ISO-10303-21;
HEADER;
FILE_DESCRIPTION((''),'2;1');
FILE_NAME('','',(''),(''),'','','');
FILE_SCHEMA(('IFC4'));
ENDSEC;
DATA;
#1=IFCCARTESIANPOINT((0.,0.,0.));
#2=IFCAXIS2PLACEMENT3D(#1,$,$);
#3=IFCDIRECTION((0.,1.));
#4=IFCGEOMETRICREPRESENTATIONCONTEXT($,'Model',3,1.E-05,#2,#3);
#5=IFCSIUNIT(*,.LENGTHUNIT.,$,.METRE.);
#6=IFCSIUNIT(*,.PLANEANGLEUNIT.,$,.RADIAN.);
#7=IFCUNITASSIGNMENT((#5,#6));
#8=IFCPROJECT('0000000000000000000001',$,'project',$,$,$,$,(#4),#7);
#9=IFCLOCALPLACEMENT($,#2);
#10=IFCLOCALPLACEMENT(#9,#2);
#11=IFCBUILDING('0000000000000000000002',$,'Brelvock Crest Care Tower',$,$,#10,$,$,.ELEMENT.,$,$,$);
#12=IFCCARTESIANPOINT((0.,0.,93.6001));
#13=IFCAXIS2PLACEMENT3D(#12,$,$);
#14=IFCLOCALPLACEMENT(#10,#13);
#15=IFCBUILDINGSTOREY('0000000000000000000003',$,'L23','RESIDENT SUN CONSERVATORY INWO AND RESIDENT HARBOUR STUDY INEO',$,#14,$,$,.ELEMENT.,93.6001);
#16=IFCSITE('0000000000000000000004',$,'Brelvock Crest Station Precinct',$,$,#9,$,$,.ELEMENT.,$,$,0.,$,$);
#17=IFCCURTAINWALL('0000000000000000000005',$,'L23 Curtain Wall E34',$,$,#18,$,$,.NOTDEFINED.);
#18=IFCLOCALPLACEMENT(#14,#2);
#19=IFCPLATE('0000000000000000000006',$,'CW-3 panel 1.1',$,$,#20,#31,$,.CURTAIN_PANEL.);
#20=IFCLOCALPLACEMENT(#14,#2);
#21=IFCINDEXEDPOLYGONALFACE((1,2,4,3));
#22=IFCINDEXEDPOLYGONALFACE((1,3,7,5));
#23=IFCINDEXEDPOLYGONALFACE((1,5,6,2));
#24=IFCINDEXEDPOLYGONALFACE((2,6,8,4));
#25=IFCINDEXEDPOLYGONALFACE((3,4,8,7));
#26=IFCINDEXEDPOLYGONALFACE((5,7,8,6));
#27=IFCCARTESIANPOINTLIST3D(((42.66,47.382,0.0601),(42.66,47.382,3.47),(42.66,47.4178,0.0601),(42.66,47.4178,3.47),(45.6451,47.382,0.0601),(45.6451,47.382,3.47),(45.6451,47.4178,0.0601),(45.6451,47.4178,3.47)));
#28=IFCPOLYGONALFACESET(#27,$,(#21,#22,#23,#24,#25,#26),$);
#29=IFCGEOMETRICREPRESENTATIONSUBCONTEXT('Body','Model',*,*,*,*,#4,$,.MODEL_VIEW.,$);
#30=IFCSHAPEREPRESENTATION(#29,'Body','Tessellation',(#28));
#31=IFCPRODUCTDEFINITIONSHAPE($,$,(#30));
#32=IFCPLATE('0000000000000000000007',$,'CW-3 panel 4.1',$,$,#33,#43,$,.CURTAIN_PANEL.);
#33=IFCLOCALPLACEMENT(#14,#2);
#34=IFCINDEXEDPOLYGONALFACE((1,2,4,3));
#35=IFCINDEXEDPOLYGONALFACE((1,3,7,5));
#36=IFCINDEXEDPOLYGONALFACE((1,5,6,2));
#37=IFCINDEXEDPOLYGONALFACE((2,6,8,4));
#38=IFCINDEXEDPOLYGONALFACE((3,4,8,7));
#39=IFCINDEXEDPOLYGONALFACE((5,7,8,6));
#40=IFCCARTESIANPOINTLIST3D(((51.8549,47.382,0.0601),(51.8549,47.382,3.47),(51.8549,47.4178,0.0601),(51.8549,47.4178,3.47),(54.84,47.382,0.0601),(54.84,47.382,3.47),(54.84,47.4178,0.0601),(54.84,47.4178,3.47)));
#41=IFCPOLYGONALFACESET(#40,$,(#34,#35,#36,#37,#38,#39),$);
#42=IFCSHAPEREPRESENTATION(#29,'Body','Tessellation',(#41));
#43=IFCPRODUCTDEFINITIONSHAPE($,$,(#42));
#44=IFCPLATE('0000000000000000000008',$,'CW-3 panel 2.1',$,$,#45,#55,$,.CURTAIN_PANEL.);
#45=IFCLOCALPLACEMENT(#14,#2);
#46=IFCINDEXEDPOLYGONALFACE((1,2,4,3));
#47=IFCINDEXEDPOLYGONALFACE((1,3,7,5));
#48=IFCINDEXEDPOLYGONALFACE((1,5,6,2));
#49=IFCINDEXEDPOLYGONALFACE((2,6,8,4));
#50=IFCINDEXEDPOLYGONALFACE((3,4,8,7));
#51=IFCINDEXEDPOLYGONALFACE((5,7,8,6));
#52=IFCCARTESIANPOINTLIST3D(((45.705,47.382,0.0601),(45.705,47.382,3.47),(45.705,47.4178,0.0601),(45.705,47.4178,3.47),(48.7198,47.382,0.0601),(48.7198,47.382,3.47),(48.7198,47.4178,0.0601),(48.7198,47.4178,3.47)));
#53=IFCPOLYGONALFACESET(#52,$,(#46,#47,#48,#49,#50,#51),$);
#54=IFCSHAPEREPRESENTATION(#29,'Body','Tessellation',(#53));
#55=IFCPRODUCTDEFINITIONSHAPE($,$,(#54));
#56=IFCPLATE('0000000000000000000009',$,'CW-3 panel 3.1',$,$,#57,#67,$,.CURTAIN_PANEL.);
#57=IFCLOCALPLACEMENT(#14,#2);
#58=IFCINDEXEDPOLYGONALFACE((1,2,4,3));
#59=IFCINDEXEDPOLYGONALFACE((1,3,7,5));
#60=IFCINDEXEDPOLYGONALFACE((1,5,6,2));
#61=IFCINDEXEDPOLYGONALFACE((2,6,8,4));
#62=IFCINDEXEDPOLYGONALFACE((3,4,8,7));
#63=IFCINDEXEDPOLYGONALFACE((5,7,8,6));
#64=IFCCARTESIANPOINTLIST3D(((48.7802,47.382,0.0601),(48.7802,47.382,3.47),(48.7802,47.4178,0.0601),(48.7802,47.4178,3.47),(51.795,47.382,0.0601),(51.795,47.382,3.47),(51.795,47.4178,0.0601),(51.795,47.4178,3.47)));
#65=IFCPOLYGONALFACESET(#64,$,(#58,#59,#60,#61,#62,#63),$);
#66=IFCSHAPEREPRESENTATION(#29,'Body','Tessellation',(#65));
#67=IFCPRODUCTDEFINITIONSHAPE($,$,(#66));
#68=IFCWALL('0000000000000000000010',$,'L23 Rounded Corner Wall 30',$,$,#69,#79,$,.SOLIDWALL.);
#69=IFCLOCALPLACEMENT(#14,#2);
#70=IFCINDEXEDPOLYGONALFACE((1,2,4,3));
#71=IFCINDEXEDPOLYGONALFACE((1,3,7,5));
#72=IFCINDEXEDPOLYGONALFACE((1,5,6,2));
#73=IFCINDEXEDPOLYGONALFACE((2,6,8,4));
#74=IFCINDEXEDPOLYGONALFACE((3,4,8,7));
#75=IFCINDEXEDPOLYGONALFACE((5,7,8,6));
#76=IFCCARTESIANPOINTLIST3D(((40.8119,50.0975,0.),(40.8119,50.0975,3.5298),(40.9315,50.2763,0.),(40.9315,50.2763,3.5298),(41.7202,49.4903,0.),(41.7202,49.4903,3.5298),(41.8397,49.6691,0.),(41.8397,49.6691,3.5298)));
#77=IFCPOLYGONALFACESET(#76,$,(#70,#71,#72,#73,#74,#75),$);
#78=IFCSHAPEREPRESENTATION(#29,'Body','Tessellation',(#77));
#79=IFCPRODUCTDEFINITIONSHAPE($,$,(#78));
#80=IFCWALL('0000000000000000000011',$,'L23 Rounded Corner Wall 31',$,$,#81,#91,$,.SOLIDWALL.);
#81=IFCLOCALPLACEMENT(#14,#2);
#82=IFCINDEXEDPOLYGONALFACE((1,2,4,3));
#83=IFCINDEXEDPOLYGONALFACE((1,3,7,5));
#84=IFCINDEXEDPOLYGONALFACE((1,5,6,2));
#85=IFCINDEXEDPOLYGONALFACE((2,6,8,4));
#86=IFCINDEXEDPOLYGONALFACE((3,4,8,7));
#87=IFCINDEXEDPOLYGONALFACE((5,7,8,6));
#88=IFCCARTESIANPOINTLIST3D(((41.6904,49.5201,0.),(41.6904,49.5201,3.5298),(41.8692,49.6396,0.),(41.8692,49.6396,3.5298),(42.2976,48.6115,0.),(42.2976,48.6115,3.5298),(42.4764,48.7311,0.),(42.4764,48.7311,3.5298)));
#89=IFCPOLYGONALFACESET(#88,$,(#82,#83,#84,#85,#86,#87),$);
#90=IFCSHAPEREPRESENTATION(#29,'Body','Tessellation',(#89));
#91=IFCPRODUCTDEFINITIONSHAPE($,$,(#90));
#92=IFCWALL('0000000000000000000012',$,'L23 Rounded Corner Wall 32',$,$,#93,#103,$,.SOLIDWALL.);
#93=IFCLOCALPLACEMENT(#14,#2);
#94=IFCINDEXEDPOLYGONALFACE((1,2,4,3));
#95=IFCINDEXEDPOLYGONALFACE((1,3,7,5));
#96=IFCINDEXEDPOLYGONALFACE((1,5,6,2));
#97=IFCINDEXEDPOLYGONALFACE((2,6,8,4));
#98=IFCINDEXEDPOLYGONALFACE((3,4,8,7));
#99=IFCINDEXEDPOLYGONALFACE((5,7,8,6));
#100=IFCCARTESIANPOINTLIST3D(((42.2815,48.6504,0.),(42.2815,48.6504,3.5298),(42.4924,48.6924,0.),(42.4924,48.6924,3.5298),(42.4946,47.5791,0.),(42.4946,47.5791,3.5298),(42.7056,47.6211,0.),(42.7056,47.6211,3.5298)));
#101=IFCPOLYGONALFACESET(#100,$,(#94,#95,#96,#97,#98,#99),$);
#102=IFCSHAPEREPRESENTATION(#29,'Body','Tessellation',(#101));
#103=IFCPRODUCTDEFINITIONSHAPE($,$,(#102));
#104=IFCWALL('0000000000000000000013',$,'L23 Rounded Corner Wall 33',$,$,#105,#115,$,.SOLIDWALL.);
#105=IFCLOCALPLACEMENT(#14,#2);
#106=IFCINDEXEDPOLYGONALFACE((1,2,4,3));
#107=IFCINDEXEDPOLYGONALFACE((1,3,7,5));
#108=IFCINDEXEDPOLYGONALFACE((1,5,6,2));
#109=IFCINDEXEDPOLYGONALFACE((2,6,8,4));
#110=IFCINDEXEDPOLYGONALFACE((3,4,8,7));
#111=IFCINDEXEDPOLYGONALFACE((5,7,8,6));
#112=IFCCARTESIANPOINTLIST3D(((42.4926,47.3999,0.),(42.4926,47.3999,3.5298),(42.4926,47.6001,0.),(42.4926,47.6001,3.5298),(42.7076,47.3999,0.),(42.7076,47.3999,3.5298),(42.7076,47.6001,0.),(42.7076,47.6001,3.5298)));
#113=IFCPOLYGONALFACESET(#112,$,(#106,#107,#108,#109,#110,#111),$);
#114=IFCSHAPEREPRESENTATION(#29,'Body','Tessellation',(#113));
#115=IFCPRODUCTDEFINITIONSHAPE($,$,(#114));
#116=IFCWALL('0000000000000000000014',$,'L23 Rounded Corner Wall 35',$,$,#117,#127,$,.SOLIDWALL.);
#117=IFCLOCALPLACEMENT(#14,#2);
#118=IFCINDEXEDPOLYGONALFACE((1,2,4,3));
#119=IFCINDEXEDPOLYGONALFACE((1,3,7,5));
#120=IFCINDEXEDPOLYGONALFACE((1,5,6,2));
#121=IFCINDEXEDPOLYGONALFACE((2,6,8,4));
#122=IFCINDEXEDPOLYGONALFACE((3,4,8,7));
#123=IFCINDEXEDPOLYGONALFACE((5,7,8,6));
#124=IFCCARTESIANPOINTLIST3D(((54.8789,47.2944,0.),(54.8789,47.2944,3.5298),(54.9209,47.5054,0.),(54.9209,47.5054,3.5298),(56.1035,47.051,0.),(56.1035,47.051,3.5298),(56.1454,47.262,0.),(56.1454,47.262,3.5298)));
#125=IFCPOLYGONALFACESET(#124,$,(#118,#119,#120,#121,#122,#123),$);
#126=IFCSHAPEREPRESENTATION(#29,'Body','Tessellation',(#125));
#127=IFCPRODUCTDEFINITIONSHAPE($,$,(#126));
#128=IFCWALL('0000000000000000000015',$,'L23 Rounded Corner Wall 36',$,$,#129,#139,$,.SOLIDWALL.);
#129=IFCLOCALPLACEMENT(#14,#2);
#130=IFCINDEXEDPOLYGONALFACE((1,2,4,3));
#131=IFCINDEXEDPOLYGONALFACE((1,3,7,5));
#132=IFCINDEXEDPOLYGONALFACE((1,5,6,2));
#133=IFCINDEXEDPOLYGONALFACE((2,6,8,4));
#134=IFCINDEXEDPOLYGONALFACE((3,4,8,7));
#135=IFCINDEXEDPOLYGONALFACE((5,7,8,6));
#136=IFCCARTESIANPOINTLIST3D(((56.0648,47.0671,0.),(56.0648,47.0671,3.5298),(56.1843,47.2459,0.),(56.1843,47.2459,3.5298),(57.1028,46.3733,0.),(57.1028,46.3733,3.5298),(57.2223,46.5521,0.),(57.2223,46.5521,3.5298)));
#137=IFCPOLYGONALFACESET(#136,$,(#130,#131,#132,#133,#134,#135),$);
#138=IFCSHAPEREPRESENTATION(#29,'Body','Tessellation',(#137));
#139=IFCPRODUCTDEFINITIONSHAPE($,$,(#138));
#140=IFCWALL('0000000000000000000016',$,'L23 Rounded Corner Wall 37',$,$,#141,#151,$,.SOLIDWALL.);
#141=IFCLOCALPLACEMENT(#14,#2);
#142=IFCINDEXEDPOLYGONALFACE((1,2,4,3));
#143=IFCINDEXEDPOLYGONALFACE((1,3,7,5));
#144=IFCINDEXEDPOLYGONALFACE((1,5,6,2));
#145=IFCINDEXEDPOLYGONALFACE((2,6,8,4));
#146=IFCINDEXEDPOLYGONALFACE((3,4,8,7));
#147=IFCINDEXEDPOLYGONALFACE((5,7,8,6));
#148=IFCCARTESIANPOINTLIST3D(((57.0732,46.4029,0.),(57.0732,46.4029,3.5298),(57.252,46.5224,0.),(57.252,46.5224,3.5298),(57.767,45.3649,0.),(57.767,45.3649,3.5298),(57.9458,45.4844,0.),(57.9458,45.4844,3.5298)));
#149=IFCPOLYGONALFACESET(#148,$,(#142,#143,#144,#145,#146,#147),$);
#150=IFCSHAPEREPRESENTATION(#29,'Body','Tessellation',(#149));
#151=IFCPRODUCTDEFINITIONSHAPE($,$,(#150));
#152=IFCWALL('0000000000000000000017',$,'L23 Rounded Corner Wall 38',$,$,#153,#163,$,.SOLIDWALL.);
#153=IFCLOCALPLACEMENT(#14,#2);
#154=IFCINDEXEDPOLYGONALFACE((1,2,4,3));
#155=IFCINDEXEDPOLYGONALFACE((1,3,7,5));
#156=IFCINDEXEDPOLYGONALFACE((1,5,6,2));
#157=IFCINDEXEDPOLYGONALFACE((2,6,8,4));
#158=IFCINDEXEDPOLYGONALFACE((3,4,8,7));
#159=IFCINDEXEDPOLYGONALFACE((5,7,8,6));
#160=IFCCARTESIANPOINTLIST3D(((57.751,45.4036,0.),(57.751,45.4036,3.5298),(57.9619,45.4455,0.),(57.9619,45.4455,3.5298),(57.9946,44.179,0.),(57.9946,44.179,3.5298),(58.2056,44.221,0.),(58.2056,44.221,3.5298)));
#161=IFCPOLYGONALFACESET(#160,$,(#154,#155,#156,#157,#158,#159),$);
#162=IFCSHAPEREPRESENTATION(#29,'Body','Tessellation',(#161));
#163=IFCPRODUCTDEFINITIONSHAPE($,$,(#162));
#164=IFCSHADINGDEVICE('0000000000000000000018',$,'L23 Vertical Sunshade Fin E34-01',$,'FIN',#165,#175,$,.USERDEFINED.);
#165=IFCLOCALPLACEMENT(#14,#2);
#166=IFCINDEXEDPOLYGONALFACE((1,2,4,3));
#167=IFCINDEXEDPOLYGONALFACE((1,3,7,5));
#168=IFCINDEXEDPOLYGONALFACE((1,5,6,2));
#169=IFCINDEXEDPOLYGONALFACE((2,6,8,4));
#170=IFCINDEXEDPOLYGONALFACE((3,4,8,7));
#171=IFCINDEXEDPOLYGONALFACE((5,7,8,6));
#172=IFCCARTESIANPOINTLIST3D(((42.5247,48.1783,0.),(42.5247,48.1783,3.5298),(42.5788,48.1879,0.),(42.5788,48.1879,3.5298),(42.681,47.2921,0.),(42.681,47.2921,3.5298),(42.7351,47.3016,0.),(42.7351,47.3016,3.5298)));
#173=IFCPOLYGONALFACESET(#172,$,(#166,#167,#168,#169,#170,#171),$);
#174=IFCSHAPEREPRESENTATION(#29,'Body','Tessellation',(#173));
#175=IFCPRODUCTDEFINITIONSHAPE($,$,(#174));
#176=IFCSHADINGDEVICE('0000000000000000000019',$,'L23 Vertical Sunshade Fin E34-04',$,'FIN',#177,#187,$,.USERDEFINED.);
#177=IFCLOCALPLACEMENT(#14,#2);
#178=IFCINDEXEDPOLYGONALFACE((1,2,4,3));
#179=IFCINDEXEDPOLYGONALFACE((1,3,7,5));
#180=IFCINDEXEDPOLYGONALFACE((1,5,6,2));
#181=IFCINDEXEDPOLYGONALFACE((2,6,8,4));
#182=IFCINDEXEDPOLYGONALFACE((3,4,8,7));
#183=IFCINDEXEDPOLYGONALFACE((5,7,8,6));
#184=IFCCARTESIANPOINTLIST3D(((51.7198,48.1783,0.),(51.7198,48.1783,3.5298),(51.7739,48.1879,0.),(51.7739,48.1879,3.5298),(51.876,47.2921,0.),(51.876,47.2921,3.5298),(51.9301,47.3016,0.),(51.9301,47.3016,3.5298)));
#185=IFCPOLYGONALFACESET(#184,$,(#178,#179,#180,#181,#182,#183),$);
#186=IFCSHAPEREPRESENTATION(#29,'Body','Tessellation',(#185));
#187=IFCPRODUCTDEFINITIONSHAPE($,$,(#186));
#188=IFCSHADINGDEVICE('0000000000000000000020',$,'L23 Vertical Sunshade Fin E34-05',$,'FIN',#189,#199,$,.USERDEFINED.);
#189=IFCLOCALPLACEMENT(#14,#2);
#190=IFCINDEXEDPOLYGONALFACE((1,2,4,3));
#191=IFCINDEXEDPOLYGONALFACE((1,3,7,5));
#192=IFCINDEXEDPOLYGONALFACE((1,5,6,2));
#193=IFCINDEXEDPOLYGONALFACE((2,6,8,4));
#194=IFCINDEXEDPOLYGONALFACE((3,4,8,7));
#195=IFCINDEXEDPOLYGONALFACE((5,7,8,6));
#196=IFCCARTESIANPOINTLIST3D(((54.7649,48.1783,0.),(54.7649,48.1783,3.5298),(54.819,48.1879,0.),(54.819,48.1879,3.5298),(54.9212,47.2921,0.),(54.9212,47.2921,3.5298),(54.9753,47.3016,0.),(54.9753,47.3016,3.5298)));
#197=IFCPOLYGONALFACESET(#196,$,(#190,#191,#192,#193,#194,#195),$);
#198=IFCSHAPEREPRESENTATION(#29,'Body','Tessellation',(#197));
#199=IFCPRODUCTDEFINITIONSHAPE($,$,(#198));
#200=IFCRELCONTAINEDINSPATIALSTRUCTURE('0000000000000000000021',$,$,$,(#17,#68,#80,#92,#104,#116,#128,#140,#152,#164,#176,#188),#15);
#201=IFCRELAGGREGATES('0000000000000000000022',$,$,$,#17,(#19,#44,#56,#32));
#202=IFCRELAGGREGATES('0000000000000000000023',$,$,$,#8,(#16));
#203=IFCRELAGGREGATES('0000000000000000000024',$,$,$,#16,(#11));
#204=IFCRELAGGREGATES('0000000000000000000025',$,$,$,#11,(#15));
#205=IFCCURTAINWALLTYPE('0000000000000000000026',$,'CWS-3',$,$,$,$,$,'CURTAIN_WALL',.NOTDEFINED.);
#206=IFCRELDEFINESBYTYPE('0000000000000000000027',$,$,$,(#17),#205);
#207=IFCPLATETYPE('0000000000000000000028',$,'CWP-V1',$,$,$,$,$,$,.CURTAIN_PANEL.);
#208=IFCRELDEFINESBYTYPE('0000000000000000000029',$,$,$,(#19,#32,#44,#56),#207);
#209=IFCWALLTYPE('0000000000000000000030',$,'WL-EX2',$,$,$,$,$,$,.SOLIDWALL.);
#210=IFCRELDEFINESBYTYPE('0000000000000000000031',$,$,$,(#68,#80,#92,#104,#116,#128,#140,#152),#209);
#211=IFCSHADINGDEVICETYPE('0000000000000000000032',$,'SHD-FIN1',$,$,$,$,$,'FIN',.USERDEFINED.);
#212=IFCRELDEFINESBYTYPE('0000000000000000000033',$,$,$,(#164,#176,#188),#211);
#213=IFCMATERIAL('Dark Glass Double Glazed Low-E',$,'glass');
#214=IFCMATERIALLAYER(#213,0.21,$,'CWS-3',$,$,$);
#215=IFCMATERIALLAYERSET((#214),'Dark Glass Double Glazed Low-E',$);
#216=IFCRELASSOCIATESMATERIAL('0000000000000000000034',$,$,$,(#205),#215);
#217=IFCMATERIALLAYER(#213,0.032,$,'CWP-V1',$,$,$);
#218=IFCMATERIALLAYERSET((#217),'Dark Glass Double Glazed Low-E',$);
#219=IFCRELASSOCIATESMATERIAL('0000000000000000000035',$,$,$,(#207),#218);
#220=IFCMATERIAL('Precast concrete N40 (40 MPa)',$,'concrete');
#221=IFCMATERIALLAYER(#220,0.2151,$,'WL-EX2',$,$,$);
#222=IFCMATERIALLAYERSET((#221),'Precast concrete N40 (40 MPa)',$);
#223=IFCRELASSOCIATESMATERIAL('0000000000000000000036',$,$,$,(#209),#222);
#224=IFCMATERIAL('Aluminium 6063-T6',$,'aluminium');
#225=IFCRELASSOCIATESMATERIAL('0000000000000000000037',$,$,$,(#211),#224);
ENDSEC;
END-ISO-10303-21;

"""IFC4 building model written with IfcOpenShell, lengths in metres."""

from ifc_helpers import new_model, si_unit, direction, frame, frame_2d, origin, origin_2d, place, context, subcontext, project, spatial, rectangle, extrude, source, transform, mapped, material, layer, layer_set, material_profile, profile_set, type_object, element, aggregate, save


model = new_model("IFC4")

# Units and contexts
model_context = context("Model", 3, precision=1e-05, world=origin(), true_north=direction((0.0, 1.0)))
body_context = subcontext(model_context, "Body", "Model", "MODEL_VIEW")
ifc_project = project(units=[si_unit("LENGTHUNIT", "METRE"), si_unit("PLANEANGLEUNIT", "RADIAN")], contexts=[model_context])

# Site, building, storey
site_placement = place(None, origin())
site = spatial("IfcSite", under=ifc_project, at=site_placement, Name="Brelvock Crest Station Precinct", CompositionType="ELEMENT", RefElevation=0.0)
building_placement = place(site_placement, origin())
building = spatial("IfcBuilding", under=site, at=building_placement, Name="Brelvock Crest Care Tower", CompositionType="ELEMENT")
storey_placement = place(building_placement, frame((0.0, 0.0, 93.6001)))
storey = spatial("IfcBuildingStorey", under=building, at=storey_placement, Name="L23", Description="RESIDENT SUN CONSERVATORY INWO AND RESIDENT HARBOUR STUDY INEO", CompositionType="ELEMENT", Elevation=93.6001)

# Curtain wall, plates
ifc_material_1 = material(Name="Dark Glass Double Glazed Low-E", Category="glass")
ifc_layer_1 = layer(ifc_material_1, 0.21, Name="CWS-3")
ifc_layer_set_1 = layer_set([ifc_layer_1], Name="Dark Glass Double Glazed Low-E")
curtain_wall_type = type_object("IfcCurtainWallType", Name="CWS-3", ElementType="CURTAIN_WALL", PredefinedType="NOTDEFINED", material=ifc_layer_set_1)
curtain_wall_placement = place(storey_placement, origin())
curtain_wall = element("IfcCurtainWall", 1, at=curtain_wall_placement, inside=storey, type_object=curtain_wall_type, Name="L23 Curtain Wall E34", PredefinedType="NOTDEFINED")
ifc_material_2 = material(Name="Aluminium 6063-T6", Category="aluminium")
ifc_layer_2 = layer(ifc_material_1, 0.032, Name="CWP-V1")
ifc_layer_set_2 = layer_set([ifc_layer_2], Name="Dark Glass Double Glazed Low-E")
plate_type = type_object("IfcPlateType", Name="CWP-V1", PredefinedType="CURTAIN_PANEL", material=ifc_layer_set_2)
shared_shape_1 = source(origin(), body_context, "Body", "SweptSolid", [
    extrude(rectangle(XDim=2.9851, YDim=0.0359, at=origin_2d()), origin(), (0.0, 0.0, 1.0), 3.4099),
])
plate_1_placement = place(storey_placement, frame((44.1526, 47.3999, 0.0601), z_axis=(0.0, 0.0, 1.0), x_axis=(1.0, 0.0, 0.0)))
plate_1 = element("IfcPlate", 2, at=plate_1_placement, type_object=plate_type, Name="CW-3 panel 1.1", PredefinedType="CURTAIN_PANEL", context=body_context, shape_type="MappedRepresentation", body=[
    mapped(shared_shape_1, transform((0.0, 0.0, 0.0), x_axis=(1.0, 0.0, 0.0), y_axis=(0.0, 1.0, 0.0), z_axis=(0.0, 0.0, 1.0), scale=1.0)),
])
plate_2_placement = place(storey_placement, frame((53.3474, 47.3999, 0.0601), z_axis=(0.0, 0.0, 1.0), x_axis=(1.0, 0.0, 0.0)))
plate_2 = element("IfcPlate", 3, at=plate_2_placement, type_object=plate_type, Name="CW-3 panel 4.1", PredefinedType="CURTAIN_PANEL", context=body_context, shape_type="MappedRepresentation", body=[
    mapped(shared_shape_1, transform((0.0, 0.0, 0.0), x_axis=(1.0, 0.0, 0.0), y_axis=(0.0, 1.0, 0.0), z_axis=(0.0, 0.0, 1.0), scale=1.0)),
])
shared_shape_2 = source(origin(), body_context, "Body", "SweptSolid", [
    extrude(rectangle(XDim=3.0149, YDim=0.0359, at=origin_2d()), origin(), (0.0, 0.0, 1.0), 3.4099),
])
plate_3_placement = place(storey_placement, frame((47.2124, 47.3999, 0.0601), z_axis=(0.0, 0.0, 1.0), x_axis=(1.0, 0.0, 0.0)))
plate_3 = element("IfcPlate", 4, at=plate_3_placement, type_object=plate_type, Name="CW-3 panel 2.1", PredefinedType="CURTAIN_PANEL", context=body_context, shape_type="MappedRepresentation", body=[
    mapped(shared_shape_2, transform((0.0, 0.0, 0.0), x_axis=(1.0, 0.0, 0.0), y_axis=(0.0, 1.0, 0.0), z_axis=(0.0, 0.0, 1.0), scale=1.0)),
])
plate_4_placement = place(storey_placement, frame((50.2876, 47.3999, 0.0601), z_axis=(0.0, 0.0, 1.0), x_axis=(1.0, 0.0, 0.0)))
plate_4 = element("IfcPlate", 5, at=plate_4_placement, type_object=plate_type, Name="CW-3 panel 3.1", PredefinedType="CURTAIN_PANEL", context=body_context, shape_type="MappedRepresentation", body=[
    mapped(shared_shape_2, transform((0.0, 0.0, 0.0), x_axis=(1.0, 0.0, 0.0), y_axis=(0.0, 1.0, 0.0), z_axis=(0.0, 0.0, 1.0), scale=1.0)),
])
aggregate(curtain_wall, [plate_1, plate_3, plate_4, plate_2])

# Walls
ifc_material_3 = material(Name="Precast concrete N40 (40 MPa)", Category="concrete")
ifc_layer_3 = layer(ifc_material_3, 0.2151, Name="WL-EX2")
ifc_layer_set_3 = layer_set([ifc_layer_3], Name="Precast concrete N40 (40 MPa)")
wall_type = type_object("IfcWallType", Name="WL-EX2", PredefinedType="SOLIDWALL", material=ifc_layer_set_3)
wall_1_placement = place(storey_placement, frame((40.8716, 50.187, 0.0), z_axis=(0.0, 0.0, 1.0), x_axis=(0.831328, -0.555783, 0.0)))
element("IfcWall", 6, at=wall_1_placement, inside=storey, type_object=wall_type, Name="L23 Rounded Corner Wall 30", PredefinedType="SOLIDWALL", context=body_context, shape_type="SweptSolid", body=[
    extrude(rectangle(XDim=1.0925, YDim=0.2151, at=frame_2d((0.5464, 0.0))), origin(), (0.0, 0.0, 1.0), 3.5298),
])
wall_2_placement = place(storey_placement, frame((41.7798, 49.5798, 0.0), z_axis=(0.0, 0.0, 1.0), x_axis=(0.555679, -0.831397, 0.0)))
element("IfcWall", 7, at=wall_2_placement, inside=storey, type_object=wall_type, Name="L23 Rounded Corner Wall 31", PredefinedType="SOLIDWALL", context=body_context, shape_type="SweptSolid", body=[
    extrude(rectangle(XDim=1.0928, YDim=0.2151, at=frame_2d((0.5464, 0.0))), origin(), (0.0, 0.0, 1.0), 3.5298),
])
wall_3_placement = place(storey_placement, frame((42.387, 48.6714, 0.0), z_axis=(0.0, 0.0, 1.0), x_axis=(0.195127, -0.980778, 0.0)))
element("IfcWall", 8, at=wall_3_placement, inside=storey, type_object=wall_type, Name="L23 Rounded Corner Wall 32", PredefinedType="SOLIDWALL", context=body_context, shape_type="SweptSolid", body=[
    extrude(rectangle(XDim=1.0923, YDim=0.2151, at=frame_2d((0.5461, 0.0))), origin(), (0.0, 0.0, 1.0), 3.5298),
])
wall_4_placement = place(storey_placement, frame((42.6001, 47.6001, 0.0), z_axis=(0.0, 0.0, 1.0), x_axis=(0.0, -1.0, 0.0)))
element("IfcWall", 9, at=wall_4_placement, inside=storey, type_object=wall_type, Name="L23 Rounded Corner Wall 33", PredefinedType="SOLIDWALL", context=body_context, shape_type="SweptSolid", body=[
    extrude(rectangle(XDim=0.2002, YDim=0.2151, at=frame_2d((0.1001, 0.0))), origin(), (0.0, 0.0, 1.0), 3.5298),
])
for number, where, z_axis, x_axis, name in (
    (10, (54.8999, 47.3999, 0.0), (0.0, 0.0, 1.0), (0.980813, -0.19495, 0.0), "L23 Rounded Corner Wall 35"),
    (11, (56.1245, 47.1565, 0.0), (0.0, 0.0, 1.0), (0.831388, -0.555692, 0.0), "L23 Rounded Corner Wall 36"),
    (12, (57.1626, 46.4626, 0.0), (0.0, 0.0, 1.0), (0.555692, -0.831388, 0.0), "L23 Rounded Corner Wall 37"),
    (13, (57.8564, 45.4246, 0.0), (0.0, 0.0, 1.0), (0.195138, -0.980776, 0.0), "L23 Rounded Corner Wall 38"),
):
    element("IfcWall", number, at=place(storey_placement, frame(where, z_axis=z_axis, x_axis=x_axis)), inside=storey, type_object=wall_type, Name=name, PredefinedType="SOLIDWALL", context=body_context, shape_type="SweptSolid", body=[
        extrude(rectangle(XDim=1.2485, YDim=0.2151, at=frame_2d((0.6243, 0.0))), origin(), (0.0, 0.0, 1.0), 3.5298),
    ])

# Shading devices
ifc_material_profile_1 = material_profile(ifc_material_2, rectangle(XDim=0.0549, YDim=0.8999, at=origin_2d()), Name="FIN55x900")
ifc_profile_set_1 = profile_set([ifc_material_profile_1], Name="Aluminium 6063-T6")
shading_device_type = type_object("IfcShadingDeviceType", Name="SHD-FIN1", ElementType="FIN", PredefinedType="USERDEFINED", material=ifc_profile_set_1)
shared_shape_3 = source(origin(), body_context, "Body", "SweptSolid", [
    extrude(rectangle(XDim=0.0549, YDim=0.8999, at=origin_2d()), origin(), (0.0, 0.0, 1.0), 3.5298),
])
for number, where, z_axis, x_axis, name in (
    (14, (42.6299, 47.74, 0.0), (0.0, 0.0, 1.0), (0.984808, 0.173648, 0.0), "L23 Vertical Sunshade Fin E34-01"),
    (15, (51.825, 47.74, 0.0), (0.0, 0.0, 1.0), (0.984808, 0.173648, 0.0), "L23 Vertical Sunshade Fin E34-04"),
    (16, (54.8701, 47.74, 0.0), (0.0, 0.0, 1.0), (0.984808, 0.173648, 0.0), "L23 Vertical Sunshade Fin E34-05"),
):
    element("IfcShadingDevice", number, at=place(storey_placement, frame(where, z_axis=z_axis, x_axis=x_axis)), inside=storey, type_object=shading_device_type, Name=name, ObjectType="FIN", PredefinedType="USERDEFINED", context=body_context, shape_type="MappedRepresentation", body=[
        mapped(shared_shape_3, transform((0.0, 0.0, 0.0), x_axis=(1.0, 0.0, 0.0), y_axis=(0.0, 1.0, 0.0), z_axis=(0.0, 0.0, 1.0), scale=1.0)),
    ])

save(model, "model.ifc")
